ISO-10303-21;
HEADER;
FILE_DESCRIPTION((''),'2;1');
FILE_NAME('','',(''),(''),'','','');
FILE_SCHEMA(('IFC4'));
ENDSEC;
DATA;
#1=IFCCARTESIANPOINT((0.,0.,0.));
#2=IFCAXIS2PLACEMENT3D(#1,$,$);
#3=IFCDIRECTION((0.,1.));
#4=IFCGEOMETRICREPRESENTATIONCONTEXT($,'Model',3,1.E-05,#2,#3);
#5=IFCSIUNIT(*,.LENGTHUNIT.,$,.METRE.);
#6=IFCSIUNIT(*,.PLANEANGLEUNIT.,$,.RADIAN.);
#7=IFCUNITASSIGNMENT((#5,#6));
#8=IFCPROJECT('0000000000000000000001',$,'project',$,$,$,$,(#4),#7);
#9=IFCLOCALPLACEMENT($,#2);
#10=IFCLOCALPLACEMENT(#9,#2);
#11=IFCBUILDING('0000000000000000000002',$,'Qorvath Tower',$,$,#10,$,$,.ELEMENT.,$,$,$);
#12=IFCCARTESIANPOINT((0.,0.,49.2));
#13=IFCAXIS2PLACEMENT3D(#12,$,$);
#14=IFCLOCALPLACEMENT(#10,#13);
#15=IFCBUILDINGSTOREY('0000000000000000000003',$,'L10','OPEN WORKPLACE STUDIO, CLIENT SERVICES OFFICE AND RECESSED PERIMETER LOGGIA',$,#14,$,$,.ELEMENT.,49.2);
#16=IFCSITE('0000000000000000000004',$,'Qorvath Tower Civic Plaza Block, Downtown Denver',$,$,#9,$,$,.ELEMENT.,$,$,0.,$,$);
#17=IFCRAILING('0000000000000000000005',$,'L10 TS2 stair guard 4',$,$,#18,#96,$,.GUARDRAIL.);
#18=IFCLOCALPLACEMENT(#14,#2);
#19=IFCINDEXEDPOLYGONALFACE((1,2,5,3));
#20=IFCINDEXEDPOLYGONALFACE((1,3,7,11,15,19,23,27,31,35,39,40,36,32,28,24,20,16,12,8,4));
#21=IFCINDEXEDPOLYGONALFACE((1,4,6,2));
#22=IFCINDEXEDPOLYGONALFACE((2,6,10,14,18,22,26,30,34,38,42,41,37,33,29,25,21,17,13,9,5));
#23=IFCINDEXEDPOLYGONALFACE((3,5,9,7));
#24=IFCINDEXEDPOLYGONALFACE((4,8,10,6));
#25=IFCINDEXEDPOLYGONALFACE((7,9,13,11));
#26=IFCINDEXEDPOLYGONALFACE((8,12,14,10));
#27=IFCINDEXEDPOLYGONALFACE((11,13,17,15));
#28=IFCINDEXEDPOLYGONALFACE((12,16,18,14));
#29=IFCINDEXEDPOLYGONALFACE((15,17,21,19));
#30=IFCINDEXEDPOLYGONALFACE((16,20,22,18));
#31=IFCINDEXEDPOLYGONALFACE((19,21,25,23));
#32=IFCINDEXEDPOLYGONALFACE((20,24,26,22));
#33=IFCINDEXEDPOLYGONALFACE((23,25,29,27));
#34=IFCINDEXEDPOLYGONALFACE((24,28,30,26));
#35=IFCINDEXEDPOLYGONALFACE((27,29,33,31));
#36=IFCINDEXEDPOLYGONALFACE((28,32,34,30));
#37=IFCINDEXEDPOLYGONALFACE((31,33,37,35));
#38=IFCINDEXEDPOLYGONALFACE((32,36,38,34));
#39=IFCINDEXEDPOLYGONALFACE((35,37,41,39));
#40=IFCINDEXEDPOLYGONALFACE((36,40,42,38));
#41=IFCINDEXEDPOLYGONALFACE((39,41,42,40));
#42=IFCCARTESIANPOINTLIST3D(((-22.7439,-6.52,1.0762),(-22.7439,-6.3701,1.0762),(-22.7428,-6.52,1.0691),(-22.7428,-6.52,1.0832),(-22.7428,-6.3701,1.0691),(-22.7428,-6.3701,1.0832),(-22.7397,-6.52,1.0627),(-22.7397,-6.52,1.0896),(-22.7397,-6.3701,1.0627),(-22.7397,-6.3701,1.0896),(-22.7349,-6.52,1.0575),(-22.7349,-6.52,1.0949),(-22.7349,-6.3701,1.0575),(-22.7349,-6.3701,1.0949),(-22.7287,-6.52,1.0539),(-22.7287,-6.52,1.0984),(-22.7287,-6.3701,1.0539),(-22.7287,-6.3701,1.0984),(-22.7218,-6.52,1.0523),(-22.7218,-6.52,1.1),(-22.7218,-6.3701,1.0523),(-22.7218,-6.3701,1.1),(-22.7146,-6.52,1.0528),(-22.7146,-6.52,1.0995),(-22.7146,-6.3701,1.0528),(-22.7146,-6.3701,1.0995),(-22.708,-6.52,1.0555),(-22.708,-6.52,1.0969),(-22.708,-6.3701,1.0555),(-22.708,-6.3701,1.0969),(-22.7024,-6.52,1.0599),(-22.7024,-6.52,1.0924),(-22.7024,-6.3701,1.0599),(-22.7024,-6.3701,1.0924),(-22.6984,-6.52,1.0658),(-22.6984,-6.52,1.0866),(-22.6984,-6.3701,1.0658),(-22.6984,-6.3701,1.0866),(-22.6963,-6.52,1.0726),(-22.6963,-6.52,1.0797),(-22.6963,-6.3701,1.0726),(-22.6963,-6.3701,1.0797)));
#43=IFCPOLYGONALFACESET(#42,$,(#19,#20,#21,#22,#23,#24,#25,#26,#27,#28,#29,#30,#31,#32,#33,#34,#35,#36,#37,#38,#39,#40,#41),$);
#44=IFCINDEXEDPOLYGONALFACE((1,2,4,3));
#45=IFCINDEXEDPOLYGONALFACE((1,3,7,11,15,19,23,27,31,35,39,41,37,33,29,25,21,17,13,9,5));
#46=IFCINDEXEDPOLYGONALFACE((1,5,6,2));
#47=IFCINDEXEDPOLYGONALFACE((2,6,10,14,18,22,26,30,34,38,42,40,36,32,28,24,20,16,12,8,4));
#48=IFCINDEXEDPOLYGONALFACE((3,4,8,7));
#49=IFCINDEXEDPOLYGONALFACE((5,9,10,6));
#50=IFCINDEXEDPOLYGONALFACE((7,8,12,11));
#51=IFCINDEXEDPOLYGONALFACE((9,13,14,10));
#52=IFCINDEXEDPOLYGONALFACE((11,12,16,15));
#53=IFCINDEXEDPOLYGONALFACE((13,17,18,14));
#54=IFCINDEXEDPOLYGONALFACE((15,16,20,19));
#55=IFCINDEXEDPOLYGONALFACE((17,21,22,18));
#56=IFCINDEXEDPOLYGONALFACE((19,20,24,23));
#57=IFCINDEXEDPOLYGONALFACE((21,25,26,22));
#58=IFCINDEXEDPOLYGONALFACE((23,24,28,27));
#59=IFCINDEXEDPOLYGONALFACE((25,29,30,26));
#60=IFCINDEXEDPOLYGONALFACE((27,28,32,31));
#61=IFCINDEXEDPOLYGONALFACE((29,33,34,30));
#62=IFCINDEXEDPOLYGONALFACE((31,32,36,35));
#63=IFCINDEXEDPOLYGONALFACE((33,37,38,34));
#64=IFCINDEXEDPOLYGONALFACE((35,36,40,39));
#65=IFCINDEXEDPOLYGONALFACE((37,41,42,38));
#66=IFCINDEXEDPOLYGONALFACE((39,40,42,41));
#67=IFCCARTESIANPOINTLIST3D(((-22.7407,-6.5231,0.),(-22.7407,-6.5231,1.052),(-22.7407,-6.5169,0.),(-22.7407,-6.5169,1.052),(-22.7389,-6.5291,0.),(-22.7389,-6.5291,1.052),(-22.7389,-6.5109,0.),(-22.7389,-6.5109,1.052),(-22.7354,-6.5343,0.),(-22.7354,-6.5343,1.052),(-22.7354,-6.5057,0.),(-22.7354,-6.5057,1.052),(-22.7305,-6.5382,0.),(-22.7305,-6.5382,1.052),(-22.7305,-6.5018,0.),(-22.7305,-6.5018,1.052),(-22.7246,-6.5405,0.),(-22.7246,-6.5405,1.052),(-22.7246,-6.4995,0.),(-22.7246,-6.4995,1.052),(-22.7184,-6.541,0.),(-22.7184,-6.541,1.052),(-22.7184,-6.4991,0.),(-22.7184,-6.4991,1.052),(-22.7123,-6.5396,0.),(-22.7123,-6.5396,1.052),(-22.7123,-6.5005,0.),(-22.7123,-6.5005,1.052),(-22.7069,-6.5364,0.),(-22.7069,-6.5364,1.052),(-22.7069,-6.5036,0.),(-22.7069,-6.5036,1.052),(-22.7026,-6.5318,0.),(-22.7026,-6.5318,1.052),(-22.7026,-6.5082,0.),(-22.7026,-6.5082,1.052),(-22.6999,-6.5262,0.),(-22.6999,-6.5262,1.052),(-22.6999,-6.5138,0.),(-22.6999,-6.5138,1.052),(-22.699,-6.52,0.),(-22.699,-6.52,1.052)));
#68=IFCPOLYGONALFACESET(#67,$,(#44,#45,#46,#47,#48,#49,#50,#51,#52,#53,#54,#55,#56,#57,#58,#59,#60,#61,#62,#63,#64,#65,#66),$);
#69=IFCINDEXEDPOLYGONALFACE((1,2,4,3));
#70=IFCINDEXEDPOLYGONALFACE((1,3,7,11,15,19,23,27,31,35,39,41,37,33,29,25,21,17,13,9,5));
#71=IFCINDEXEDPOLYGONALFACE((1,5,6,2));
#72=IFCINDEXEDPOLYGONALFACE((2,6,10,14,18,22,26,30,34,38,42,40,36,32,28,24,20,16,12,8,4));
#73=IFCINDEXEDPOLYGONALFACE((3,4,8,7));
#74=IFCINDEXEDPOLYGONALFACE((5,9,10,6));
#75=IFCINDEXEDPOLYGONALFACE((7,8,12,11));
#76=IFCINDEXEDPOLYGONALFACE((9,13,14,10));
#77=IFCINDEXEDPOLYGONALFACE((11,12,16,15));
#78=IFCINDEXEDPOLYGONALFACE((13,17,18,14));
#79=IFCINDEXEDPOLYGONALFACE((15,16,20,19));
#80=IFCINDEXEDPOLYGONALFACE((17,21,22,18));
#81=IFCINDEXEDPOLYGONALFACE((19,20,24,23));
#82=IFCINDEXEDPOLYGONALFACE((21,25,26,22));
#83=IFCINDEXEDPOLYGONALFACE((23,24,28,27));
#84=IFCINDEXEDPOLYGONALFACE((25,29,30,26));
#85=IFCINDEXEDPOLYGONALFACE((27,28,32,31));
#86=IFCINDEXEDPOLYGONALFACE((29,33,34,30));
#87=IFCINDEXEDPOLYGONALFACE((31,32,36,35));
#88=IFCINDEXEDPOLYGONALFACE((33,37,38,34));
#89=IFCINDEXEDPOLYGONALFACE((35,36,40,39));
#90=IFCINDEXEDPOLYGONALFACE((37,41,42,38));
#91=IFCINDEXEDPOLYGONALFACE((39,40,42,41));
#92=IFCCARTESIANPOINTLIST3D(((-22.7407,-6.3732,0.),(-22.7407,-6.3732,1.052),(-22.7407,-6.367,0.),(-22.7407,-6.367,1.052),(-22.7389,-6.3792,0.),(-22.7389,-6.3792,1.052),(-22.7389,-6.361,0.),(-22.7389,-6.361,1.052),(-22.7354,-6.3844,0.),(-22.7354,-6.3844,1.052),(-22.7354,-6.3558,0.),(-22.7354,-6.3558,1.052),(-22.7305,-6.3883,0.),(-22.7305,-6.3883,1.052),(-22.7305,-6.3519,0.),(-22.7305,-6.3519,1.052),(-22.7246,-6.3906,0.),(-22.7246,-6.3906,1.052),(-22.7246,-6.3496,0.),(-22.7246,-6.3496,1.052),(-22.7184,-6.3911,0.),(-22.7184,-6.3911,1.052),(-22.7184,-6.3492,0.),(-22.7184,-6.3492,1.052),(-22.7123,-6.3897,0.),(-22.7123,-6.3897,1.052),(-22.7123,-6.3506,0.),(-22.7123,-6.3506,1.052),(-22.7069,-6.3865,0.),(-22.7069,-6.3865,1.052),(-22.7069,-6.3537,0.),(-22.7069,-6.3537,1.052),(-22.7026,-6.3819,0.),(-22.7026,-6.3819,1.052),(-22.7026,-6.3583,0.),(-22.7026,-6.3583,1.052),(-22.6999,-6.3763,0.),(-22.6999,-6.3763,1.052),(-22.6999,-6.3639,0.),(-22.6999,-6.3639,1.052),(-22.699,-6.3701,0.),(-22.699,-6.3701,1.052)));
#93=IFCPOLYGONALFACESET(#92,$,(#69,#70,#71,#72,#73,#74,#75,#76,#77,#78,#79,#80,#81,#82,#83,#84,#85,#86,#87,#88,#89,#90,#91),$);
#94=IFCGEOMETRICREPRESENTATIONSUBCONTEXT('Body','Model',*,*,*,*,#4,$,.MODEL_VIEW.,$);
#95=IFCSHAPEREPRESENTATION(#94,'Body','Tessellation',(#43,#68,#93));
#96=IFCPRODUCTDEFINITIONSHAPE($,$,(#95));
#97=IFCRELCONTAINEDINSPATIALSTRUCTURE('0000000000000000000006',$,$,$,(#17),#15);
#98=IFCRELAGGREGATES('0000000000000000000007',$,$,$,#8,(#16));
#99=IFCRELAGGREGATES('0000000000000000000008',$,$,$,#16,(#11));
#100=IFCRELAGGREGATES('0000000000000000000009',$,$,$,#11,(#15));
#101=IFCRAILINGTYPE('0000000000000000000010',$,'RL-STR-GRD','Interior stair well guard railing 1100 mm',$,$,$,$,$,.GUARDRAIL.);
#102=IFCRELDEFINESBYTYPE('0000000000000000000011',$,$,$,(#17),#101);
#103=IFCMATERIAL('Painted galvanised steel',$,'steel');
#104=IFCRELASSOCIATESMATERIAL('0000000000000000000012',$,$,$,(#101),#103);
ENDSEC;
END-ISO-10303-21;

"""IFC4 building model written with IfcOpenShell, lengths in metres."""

from ifc_helpers import new_model, si_unit, direction, frame, origin, origin_2d, place, context, subcontext, project, spatial, circle, extrude, material, type_object, element, save


model = new_model("IFC4")

# Units and contexts
model_context = context("Model", 3, precision=1e-05, world=origin(), true_north=direction((0.0, 1.0)))
body_context = subcontext(model_context, "Body", "Model", "MODEL_VIEW")
ifc_project = project(units=[si_unit("LENGTHUNIT", "METRE"), si_unit("PLANEANGLEUNIT", "RADIAN")], contexts=[model_context])

# Site, building, storey
site_placement = place(None, origin())
site = spatial("IfcSite", under=ifc_project, at=site_placement, Name="Qorvath Tower Civic Plaza Block, Downtown Denver", CompositionType="ELEMENT", RefElevation=0.0)
building_placement = place(site_placement, origin())
building = spatial("IfcBuilding", under=site, at=building_placement, Name="Qorvath Tower", CompositionType="ELEMENT")
storey_placement = place(building_placement, frame((0.0, 0.0, 49.2)))
storey = spatial("IfcBuildingStorey", under=building, at=storey_placement, Name="L10", Description="OPEN WORKPLACE STUDIO, CLIENT SERVICES OFFICE AND RECESSED PERIMETER LOGGIA", CompositionType="ELEMENT", Elevation=49.2)

# Railing
ifc_material_1 = material(Name="Painted galvanised steel", Category="steel")
railing_type_1 = type_object("IfcRailingType", Name="RL-STR-GRD", Description="Interior stair well guard railing 1100 mm", PredefinedType="GUARDRAIL", material=ifc_material_1)
railing_1_placement = place(storey_placement, frame((-22.72, -6.52, 0.0)))
element("IfcRailing", 1, at=railing_1_placement, inside=storey, type_object=railing_type_1, Name="L10 TS2 stair guard 4", PredefinedType="GUARDRAIL", context=body_context, shape_type="SweptSolid", body=[
    extrude(circle(Radius=0.0239, at=origin_2d()), frame((0.0, 0.0, 1.0762), z_axis=(0.0, 1.0, 0.0), x_axis=(-1.0, 0.0, 0.0)), (0.0, 0.0, 1.0), 0.1499),
    extrude(circle(Radius=0.021, at=origin_2d()), origin(), (0.0, 0.0, 1.0), 1.052),
    extrude(circle(Radius=0.021, at=origin_2d()), frame((0.0, 0.1499, 0.0)), (0.0, 0.0, 1.0), 1.052),
])

save(model, "model.ifc")
